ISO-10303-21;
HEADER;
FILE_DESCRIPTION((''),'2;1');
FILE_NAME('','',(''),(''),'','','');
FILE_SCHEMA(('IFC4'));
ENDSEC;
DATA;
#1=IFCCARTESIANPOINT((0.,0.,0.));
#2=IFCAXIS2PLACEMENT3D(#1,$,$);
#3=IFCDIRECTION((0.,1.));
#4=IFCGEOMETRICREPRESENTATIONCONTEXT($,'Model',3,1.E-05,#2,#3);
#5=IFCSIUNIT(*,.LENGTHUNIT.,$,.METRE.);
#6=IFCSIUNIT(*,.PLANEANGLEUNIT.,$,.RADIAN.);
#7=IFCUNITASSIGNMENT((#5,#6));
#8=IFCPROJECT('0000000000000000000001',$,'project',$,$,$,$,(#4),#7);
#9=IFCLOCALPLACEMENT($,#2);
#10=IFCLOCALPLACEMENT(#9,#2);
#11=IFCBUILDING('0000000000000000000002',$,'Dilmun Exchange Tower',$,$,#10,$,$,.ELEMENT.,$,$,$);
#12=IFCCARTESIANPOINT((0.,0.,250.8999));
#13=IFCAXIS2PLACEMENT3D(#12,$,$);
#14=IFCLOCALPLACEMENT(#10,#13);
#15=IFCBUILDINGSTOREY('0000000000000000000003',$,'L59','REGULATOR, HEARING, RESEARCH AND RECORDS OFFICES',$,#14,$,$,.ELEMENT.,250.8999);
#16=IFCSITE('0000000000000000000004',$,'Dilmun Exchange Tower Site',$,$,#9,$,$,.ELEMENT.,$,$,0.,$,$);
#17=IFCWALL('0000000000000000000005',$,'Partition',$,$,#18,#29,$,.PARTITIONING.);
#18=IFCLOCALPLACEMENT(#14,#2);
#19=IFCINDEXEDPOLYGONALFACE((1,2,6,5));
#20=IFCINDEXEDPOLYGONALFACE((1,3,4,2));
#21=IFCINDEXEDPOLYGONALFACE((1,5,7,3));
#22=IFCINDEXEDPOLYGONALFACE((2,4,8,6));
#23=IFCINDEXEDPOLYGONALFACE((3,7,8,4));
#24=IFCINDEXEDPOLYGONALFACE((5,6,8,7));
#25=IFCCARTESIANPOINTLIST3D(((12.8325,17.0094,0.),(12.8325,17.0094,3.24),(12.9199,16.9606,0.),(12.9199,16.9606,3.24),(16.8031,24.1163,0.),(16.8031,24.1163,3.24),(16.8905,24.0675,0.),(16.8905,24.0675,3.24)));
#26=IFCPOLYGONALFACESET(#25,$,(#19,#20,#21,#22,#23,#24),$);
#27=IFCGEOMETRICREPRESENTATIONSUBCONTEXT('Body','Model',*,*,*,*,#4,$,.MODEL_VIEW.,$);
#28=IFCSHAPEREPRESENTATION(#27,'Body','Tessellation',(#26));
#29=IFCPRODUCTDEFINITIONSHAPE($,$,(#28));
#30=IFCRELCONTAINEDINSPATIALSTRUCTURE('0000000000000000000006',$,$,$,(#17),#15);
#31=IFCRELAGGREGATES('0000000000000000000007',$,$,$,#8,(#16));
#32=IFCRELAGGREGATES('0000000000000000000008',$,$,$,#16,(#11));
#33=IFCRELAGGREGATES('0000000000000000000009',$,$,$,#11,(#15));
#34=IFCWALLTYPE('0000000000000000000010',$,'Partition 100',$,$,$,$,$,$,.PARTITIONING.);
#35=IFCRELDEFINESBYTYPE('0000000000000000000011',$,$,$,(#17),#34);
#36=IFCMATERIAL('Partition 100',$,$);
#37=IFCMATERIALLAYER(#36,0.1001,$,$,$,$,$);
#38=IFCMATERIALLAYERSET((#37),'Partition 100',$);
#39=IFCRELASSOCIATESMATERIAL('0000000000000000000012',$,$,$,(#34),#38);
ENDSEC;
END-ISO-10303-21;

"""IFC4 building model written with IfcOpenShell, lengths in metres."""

from ifc_helpers import new_model, si_unit, direction, frame, frame_2d, origin, place, context, subcontext, project, spatial, rectangle, extrude, material, layer, layer_set, type_object, element, save


model = new_model("IFC4")

# Units and contexts
model_context = context("Model", 3, precision=1e-05, world=origin(), true_north=direction((0.0, 1.0)))
body_context = subcontext(model_context, "Body", "Model", "MODEL_VIEW")
ifc_project = project(units=[si_unit("LENGTHUNIT", "METRE"), si_unit("PLANEANGLEUNIT", "RADIAN")], contexts=[model_context])

# Site, building, storey
site_placement = place(None, origin())
site = spatial("IfcSite", under=ifc_project, at=site_placement, Name="Dilmun Exchange Tower Site", CompositionType="ELEMENT", RefElevation=0.0)
building_placement = place(site_placement, origin())
building = spatial("IfcBuilding", under=site, at=building_placement, Name="Dilmun Exchange Tower", CompositionType="ELEMENT")
storey_placement = place(building_placement, frame((0.0, 0.0, 250.8999)))
storey = spatial("IfcBuildingStorey", under=building, at=storey_placement, Name="L59", Description="REGULATOR, HEARING, RESEARCH AND RECORDS OFFICES", CompositionType="ELEMENT", Elevation=250.8999)

# Wall
ifc_material_1 = material(Name="Partition 100")
ifc_layer_1 = layer(ifc_material_1, 0.1001)
ifc_layer_set_1 = layer_set([ifc_layer_1], Name="Partition 100")
wall_type = type_object("IfcWallType", Name="Partition 100", PredefinedType="PARTITIONING", material=ifc_layer_set_1)
wall_1_placement = place(storey_placement, frame((12.8762, 16.9851, 0.0), z_axis=(0.0, 0.0, 1.0), x_axis=(0.487745, 0.872986, 0.0)))
element("IfcWall", 1, at=wall_1_placement, inside=storey, type_object=wall_type, Name="Partition", PredefinedType="PARTITIONING", context=body_context, shape_type="SweptSolid", body=[
    extrude(rectangle(XDim=8.1409, YDim=0.1001, at=frame_2d((4.0703, 0.0))), origin(), (0.0, 0.0, 1.0), 3.24),
])

save(model, "model.ifc")
